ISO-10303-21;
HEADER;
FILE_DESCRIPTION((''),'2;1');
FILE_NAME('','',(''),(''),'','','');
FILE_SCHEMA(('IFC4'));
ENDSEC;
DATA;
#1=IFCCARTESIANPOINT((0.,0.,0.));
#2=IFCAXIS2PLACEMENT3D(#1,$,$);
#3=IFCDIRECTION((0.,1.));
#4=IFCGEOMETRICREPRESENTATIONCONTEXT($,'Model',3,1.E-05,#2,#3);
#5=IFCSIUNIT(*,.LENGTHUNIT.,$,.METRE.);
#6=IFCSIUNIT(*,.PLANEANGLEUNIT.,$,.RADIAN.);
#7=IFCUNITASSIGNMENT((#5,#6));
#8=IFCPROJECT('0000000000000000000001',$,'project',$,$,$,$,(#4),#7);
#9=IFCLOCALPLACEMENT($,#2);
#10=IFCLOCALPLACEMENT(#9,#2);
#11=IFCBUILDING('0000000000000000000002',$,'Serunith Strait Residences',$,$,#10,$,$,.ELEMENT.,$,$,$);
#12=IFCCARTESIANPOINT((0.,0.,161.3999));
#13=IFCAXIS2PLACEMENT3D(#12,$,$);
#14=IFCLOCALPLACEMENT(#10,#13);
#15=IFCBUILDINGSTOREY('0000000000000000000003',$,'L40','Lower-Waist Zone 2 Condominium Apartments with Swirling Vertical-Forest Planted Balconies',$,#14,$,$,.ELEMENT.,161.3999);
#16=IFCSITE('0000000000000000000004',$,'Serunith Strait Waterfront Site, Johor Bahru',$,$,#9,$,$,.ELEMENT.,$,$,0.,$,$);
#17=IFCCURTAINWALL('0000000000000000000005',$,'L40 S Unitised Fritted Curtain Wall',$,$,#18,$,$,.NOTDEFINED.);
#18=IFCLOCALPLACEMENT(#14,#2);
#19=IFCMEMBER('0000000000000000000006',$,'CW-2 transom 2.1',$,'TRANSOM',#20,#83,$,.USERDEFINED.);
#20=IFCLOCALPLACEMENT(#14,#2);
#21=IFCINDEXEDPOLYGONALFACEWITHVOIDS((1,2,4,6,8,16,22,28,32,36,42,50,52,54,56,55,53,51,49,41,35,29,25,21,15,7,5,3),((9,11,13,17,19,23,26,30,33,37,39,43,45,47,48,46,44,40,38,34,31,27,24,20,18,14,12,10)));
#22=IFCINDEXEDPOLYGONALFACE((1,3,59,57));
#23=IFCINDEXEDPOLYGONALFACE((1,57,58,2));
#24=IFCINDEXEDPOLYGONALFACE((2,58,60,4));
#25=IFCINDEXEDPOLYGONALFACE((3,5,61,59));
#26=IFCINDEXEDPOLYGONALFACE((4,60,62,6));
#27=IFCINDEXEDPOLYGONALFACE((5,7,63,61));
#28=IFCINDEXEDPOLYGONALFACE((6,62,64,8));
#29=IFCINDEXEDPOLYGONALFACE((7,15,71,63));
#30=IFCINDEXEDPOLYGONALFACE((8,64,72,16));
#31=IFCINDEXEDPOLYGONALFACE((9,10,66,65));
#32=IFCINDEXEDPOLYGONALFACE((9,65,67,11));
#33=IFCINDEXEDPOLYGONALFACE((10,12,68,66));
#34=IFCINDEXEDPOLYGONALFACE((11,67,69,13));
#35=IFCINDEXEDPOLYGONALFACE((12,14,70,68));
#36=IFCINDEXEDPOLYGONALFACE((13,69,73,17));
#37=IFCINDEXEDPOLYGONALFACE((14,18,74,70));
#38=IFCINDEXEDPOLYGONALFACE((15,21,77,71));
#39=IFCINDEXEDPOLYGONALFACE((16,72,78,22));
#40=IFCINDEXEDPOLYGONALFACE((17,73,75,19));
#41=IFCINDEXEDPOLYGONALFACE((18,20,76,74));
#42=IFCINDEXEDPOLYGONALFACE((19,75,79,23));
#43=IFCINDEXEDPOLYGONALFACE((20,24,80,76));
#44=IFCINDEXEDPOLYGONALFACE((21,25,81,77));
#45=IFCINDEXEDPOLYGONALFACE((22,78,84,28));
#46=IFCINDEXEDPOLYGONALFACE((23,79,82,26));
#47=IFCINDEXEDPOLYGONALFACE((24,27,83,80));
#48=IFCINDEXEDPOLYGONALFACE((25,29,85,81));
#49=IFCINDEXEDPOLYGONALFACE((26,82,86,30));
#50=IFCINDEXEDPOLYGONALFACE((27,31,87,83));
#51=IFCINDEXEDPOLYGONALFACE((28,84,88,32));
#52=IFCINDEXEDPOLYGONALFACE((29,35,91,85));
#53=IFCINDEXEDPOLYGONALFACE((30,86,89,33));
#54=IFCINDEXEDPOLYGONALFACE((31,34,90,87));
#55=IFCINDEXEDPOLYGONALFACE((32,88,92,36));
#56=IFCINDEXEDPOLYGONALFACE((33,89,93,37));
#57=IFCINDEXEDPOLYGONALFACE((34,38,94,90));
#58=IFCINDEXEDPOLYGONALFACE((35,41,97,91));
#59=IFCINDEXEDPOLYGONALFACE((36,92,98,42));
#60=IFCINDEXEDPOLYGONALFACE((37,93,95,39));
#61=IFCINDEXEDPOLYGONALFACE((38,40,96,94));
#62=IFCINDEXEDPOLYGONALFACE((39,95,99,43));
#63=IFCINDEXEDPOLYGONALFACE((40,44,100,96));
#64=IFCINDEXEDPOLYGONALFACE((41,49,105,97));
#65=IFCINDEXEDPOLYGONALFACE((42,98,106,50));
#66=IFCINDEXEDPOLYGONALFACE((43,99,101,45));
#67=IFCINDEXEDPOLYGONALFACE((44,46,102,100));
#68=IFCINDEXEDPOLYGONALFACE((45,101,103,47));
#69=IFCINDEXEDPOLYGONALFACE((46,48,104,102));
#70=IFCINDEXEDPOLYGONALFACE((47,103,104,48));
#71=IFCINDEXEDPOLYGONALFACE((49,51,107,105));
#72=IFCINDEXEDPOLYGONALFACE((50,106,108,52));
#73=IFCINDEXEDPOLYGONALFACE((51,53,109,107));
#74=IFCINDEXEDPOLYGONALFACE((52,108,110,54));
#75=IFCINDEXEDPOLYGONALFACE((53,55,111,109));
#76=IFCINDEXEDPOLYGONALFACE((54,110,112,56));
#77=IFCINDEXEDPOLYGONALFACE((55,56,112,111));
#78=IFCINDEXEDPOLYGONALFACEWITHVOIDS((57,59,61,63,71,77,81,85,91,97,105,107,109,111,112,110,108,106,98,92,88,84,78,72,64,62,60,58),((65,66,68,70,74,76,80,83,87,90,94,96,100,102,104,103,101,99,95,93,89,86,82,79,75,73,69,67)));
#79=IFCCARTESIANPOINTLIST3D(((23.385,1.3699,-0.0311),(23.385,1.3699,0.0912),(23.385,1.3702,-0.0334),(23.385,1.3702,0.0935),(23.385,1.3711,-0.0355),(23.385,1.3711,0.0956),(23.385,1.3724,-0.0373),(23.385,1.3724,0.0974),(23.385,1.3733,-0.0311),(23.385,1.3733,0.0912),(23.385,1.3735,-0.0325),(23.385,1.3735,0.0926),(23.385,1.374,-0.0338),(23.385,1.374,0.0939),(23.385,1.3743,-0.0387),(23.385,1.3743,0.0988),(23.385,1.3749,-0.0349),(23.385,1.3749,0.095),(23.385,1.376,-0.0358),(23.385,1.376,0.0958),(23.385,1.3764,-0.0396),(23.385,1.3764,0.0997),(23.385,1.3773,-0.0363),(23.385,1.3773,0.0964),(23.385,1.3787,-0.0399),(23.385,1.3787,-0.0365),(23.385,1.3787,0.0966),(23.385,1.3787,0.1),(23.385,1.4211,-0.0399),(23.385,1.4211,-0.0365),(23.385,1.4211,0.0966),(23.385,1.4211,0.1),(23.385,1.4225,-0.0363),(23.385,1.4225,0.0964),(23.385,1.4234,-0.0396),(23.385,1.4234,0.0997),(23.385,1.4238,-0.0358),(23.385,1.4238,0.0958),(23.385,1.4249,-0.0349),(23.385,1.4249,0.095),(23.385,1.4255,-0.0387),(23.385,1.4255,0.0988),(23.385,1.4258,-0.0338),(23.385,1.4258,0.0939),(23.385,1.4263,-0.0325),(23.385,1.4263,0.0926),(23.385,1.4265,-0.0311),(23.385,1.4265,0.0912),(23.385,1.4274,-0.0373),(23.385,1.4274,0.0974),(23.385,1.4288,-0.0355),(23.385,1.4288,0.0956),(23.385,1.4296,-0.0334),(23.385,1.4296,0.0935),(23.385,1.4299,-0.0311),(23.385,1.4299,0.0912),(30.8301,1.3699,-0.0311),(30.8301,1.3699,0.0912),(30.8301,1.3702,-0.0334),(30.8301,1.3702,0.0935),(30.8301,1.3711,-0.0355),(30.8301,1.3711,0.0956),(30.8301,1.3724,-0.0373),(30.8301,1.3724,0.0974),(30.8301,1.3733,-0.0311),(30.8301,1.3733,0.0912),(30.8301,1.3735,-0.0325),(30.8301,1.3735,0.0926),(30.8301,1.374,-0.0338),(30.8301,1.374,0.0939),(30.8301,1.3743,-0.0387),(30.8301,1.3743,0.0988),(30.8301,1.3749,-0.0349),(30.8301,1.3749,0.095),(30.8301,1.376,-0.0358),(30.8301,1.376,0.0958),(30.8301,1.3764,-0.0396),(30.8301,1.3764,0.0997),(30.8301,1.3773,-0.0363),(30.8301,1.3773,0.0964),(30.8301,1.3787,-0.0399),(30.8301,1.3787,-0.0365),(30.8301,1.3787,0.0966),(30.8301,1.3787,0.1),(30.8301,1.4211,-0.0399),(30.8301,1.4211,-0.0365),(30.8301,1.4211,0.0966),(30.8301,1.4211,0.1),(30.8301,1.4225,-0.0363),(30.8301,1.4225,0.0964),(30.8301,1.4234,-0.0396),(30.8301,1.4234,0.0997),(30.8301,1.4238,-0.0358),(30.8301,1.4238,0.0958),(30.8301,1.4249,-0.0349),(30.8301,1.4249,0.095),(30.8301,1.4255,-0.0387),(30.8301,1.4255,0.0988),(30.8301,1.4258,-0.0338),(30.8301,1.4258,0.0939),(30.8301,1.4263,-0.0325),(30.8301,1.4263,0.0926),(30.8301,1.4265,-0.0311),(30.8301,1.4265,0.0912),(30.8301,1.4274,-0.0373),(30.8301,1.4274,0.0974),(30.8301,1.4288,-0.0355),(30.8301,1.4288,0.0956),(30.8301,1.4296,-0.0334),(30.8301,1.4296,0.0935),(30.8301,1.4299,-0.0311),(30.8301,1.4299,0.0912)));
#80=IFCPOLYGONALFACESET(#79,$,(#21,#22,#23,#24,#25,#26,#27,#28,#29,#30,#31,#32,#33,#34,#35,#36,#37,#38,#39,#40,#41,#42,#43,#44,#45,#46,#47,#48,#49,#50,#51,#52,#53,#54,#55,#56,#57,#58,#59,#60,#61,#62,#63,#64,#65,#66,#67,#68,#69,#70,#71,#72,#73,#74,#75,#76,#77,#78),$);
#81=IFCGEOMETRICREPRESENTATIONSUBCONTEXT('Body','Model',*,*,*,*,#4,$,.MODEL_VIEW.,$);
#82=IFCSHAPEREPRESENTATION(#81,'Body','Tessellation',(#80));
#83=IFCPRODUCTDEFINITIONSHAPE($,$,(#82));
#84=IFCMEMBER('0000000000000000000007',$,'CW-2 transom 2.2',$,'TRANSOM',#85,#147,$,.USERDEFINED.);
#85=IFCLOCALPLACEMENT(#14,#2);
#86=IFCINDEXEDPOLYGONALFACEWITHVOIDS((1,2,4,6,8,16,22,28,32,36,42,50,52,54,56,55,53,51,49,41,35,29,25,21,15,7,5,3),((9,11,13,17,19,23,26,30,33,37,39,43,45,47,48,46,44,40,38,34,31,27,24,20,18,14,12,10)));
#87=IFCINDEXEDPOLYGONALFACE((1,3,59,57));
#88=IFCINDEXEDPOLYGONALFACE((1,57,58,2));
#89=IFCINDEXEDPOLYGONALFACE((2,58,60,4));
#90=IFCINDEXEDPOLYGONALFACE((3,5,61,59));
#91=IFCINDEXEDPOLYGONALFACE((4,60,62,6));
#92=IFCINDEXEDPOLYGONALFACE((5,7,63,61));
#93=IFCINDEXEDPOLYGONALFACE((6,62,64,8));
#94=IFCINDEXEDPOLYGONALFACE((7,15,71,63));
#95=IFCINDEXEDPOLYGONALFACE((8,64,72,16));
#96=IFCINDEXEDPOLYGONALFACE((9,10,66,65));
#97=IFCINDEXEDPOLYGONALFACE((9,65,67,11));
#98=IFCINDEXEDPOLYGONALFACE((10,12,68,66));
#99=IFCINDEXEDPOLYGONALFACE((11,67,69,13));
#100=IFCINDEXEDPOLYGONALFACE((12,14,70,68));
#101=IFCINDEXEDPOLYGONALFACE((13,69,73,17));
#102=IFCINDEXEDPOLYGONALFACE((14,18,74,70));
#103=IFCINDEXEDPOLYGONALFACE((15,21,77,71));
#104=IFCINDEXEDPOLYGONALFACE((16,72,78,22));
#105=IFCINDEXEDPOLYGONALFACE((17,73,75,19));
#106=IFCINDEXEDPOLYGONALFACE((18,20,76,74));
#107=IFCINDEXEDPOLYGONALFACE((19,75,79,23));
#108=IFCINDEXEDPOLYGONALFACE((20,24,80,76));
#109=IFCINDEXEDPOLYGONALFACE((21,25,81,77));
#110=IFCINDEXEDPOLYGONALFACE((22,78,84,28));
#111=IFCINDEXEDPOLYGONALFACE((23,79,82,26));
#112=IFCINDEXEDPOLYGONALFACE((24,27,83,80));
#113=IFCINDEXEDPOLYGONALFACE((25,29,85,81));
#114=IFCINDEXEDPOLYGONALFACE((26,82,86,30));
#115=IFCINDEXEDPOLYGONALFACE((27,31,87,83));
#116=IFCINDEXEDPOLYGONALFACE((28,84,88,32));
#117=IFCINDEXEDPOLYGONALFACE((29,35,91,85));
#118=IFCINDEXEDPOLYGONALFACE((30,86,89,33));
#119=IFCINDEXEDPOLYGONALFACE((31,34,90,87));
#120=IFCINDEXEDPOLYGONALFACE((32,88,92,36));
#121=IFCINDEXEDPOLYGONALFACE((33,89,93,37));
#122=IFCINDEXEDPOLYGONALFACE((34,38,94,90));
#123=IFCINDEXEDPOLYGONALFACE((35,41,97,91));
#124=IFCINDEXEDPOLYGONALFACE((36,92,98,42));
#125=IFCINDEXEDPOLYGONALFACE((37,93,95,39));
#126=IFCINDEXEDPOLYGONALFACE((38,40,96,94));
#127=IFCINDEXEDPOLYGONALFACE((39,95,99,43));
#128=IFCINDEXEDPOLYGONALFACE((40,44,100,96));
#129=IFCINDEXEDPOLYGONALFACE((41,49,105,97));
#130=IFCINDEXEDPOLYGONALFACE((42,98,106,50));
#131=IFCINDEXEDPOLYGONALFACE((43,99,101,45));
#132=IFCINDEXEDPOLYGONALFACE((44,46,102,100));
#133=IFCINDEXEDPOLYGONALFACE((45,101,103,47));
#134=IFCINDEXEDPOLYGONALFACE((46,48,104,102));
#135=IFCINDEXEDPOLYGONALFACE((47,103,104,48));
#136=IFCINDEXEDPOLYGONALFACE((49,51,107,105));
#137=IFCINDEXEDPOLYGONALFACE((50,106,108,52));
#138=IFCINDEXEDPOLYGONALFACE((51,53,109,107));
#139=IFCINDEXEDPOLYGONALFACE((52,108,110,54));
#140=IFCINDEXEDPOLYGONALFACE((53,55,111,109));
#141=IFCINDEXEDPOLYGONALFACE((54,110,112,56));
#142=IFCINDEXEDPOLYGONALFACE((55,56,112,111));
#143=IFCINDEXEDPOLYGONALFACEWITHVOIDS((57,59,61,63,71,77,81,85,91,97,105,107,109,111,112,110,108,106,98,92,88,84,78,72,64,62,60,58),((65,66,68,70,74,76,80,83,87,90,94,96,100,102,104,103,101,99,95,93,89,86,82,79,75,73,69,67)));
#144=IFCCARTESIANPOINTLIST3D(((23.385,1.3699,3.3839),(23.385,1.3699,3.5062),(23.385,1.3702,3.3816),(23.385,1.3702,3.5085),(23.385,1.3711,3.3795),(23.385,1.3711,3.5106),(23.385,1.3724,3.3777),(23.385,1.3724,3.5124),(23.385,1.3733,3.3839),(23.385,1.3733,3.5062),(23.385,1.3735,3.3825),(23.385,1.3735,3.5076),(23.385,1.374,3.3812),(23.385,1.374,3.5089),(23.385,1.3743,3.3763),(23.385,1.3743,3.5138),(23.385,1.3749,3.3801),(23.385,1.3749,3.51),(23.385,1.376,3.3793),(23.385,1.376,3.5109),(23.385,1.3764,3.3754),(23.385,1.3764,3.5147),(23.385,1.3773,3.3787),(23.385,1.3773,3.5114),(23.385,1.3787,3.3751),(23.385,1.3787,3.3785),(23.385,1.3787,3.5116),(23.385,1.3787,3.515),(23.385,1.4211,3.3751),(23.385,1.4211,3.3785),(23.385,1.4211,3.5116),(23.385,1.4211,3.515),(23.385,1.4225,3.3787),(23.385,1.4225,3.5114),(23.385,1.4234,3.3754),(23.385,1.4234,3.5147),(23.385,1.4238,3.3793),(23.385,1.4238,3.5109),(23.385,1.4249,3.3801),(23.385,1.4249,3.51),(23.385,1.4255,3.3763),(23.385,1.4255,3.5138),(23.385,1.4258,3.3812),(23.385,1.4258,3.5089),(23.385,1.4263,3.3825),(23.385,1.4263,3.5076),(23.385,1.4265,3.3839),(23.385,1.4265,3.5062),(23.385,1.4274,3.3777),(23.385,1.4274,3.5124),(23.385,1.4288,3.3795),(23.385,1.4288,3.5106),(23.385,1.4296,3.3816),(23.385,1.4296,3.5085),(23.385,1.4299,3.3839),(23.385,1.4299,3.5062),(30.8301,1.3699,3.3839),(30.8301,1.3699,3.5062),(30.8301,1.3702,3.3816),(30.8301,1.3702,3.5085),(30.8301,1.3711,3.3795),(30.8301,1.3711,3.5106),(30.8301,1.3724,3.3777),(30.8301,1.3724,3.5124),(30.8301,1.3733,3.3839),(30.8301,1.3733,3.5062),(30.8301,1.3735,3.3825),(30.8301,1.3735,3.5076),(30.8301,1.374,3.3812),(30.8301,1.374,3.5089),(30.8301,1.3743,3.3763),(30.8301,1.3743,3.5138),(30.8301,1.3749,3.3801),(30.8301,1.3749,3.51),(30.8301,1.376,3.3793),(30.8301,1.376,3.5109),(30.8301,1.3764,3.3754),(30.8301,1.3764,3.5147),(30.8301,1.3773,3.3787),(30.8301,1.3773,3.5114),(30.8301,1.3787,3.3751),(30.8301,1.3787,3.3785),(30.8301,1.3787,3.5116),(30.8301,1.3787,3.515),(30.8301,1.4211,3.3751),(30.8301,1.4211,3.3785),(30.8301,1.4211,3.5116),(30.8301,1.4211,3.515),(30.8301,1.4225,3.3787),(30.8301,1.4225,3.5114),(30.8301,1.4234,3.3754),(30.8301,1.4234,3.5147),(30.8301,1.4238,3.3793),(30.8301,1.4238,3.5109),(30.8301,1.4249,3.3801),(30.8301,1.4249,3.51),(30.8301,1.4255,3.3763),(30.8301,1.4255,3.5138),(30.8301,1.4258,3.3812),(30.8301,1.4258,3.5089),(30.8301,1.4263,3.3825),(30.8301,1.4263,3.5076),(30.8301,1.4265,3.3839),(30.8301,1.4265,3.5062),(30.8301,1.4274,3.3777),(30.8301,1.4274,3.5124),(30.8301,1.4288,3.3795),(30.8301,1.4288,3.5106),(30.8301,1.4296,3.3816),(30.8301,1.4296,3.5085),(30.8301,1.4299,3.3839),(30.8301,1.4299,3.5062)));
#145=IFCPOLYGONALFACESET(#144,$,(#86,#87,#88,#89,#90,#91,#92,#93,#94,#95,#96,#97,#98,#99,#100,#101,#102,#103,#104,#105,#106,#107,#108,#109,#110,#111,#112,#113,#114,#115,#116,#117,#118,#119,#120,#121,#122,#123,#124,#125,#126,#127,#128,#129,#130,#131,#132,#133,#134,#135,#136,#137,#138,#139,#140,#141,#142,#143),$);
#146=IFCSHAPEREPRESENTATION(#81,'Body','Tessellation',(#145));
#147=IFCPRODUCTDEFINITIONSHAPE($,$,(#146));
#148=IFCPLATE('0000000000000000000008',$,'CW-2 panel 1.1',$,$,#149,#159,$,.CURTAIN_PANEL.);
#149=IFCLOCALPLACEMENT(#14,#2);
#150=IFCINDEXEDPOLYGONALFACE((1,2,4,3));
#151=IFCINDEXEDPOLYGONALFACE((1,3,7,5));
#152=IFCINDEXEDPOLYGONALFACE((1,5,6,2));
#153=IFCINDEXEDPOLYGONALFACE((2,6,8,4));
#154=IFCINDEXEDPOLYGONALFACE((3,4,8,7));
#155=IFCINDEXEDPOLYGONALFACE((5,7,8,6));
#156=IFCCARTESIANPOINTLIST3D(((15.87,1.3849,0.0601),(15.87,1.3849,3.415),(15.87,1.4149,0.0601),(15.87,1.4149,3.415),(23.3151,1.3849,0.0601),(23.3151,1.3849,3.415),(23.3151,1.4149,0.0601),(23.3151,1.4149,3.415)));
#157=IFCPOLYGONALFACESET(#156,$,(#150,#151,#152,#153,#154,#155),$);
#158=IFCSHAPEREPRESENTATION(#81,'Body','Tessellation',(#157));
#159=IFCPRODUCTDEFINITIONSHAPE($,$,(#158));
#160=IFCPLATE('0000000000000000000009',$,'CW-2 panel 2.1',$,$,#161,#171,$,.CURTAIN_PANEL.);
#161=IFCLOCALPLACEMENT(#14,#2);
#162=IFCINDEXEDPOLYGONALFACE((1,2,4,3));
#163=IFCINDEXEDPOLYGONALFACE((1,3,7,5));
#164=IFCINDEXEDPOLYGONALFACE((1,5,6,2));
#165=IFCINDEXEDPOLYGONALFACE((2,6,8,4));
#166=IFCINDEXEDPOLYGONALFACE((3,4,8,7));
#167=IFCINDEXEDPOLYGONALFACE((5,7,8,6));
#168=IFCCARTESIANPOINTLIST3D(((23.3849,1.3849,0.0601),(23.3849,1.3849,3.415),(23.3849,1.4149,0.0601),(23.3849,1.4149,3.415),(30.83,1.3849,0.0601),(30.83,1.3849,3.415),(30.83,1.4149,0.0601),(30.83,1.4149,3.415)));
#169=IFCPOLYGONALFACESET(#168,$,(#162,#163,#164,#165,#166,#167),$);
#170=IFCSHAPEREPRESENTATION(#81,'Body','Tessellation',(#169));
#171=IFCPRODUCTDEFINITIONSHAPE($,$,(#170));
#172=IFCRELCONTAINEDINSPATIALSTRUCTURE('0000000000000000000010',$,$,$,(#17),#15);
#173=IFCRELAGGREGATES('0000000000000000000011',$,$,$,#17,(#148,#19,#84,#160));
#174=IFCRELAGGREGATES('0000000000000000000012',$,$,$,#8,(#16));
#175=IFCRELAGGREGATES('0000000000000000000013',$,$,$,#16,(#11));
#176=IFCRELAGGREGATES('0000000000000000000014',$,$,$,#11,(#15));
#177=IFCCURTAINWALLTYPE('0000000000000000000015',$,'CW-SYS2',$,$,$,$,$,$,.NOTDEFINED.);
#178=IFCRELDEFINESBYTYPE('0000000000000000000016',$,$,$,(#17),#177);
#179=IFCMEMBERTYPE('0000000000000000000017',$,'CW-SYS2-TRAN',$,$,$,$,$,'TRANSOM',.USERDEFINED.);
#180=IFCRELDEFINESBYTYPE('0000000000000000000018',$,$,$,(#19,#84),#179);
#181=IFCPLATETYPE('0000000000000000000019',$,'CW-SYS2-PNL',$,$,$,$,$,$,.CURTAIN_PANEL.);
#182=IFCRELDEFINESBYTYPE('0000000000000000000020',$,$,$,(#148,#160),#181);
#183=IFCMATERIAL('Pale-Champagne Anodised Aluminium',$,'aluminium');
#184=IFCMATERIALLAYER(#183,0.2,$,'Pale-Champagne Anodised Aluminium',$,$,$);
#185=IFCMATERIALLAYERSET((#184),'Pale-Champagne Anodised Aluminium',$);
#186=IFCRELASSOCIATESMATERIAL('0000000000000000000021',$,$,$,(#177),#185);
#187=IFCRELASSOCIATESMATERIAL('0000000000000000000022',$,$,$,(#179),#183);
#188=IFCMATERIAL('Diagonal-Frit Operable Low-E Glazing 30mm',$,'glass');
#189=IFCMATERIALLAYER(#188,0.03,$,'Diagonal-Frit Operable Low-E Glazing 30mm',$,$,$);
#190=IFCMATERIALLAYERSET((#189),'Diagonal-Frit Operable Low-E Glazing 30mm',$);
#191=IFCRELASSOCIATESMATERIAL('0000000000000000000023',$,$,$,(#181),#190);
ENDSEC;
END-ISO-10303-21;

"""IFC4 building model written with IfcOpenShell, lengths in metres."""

from ifc_helpers import new_model, si_unit, direction, frame, origin, origin_2d, place, context, subcontext, project, spatial, rectangle, hollow_rectangle, extrude, source, transform, mapped, material, layer, layer_set, material_profile, profile_set, type_object, element, aggregate, save


model = new_model("IFC4")

# Units and contexts
model_context = context("Model", 3, precision=1e-05, world=origin(), true_north=direction((0.0, 1.0)))
body_context = subcontext(model_context, "Body", "Model", "MODEL_VIEW")
ifc_project = project(units=[si_unit("LENGTHUNIT", "METRE"), si_unit("PLANEANGLEUNIT", "RADIAN")], contexts=[model_context])

# Site, building, storey
site_placement = place(None, origin())
site = spatial("IfcSite", under=ifc_project, at=site_placement, Name="Serunith Strait Waterfront Site, Johor Bahru", CompositionType="ELEMENT", RefElevation=0.0)
building_placement = place(site_placement, origin())
building = spatial("IfcBuilding", under=site, at=building_placement, Name="Serunith Strait Residences", CompositionType="ELEMENT")
storey_placement = place(building_placement, frame((0.0, 0.0, 161.3999)))
storey = spatial("IfcBuildingStorey", under=building, at=storey_placement, Name="L40", Description="Lower-Waist Zone 2 Condominium Apartments with Swirling Vertical-Forest Planted Balconies", CompositionType="ELEMENT", Elevation=161.3999)

# Curtain wall, members, plates
ifc_material_1 = material(Name="Pale-Champagne Anodised Aluminium", Category="aluminium")
ifc_layer_1 = layer(ifc_material_1, 0.2, Name="Pale-Champagne Anodised Aluminium")
ifc_layer_set_1 = layer_set([ifc_layer_1], Name="Pale-Champagne Anodised Aluminium")
curtain_wall_type = type_object("IfcCurtainWallType", Name="CW-SYS2", PredefinedType="NOTDEFINED", material=ifc_layer_set_1)
curtain_wall_placement = place(storey_placement, origin())
curtain_wall = element("IfcCurtainWall", 1, at=curtain_wall_placement, inside=storey, type_object=curtain_wall_type, Name="L40 S Unitised Fritted Curtain Wall", PredefinedType="NOTDEFINED")
ifc_material_profile_1 = material_profile(ifc_material_1, hollow_rectangle(XDim=0.0601, YDim=0.1399, WallThickness=0.0034, InnerFilletRadius=0.0054, OuterFilletRadius=0.0088, at=origin_2d()), Name="ALU 140x60x3.5")
ifc_profile_set_1 = profile_set([ifc_material_profile_1], Name="Pale-Champagne Anodised Aluminium")
member_type_1 = type_object("IfcMemberType", Name="CW-SYS2-TRAN", ElementType="TRANSOM", PredefinedType="USERDEFINED", material=ifc_profile_set_1)
shared_shape_1 = source(origin(), body_context, "Body", "SweptSolid", [
    extrude(hollow_rectangle(XDim=0.0601, YDim=0.1399, WallThickness=0.0034, InnerFilletRadius=0.0054, OuterFilletRadius=0.0088, at=origin_2d()), origin(), (0.0, 0.0, 1.0), 7.4451),
])
member_1_placement = place(storey_placement, frame((23.385, 1.3999, 0.03), z_axis=(1.0, 0.0, 0.0), x_axis=(0.0, 1.0, 0.0)))
member_1 = element("IfcMember", 2, at=member_1_placement, type_object=member_type_1, Name="CW-2 transom 2.1", ObjectType="TRANSOM", PredefinedType="USERDEFINED", context=body_context, shape_type="MappedRepresentation", body=[
    mapped(shared_shape_1, transform((0.0, 0.0, 0.0), scale=1.0)),
])
member_2_placement = place(storey_placement, frame((23.385, 1.3999, 3.4451), z_axis=(1.0, 0.0, 0.0), x_axis=(0.0, 1.0, 0.0)))
member_2 = element("IfcMember", 3, at=member_2_placement, type_object=member_type_1, Name="CW-2 transom 2.2", ObjectType="TRANSOM", PredefinedType="USERDEFINED", context=body_context, shape_type="MappedRepresentation", body=[
    mapped(shared_shape_1, transform((0.0, 0.0, 0.0), scale=1.0)),
])
ifc_material_2 = material(Name="Diagonal-Frit Operable Low-E Glazing 30mm", Category="glass")
ifc_layer_2 = layer(ifc_material_2, 0.03, Name="Diagonal-Frit Operable Low-E Glazing 30mm")
ifc_layer_set_2 = layer_set([ifc_layer_2], Name="Diagonal-Frit Operable Low-E Glazing 30mm")
plate_type = type_object("IfcPlateType", Name="CW-SYS2-PNL", PredefinedType="CURTAIN_PANEL", material=ifc_layer_set_2)
shared_shape_2 = source(origin(), body_context, "Body", "SweptSolid", [
    extrude(rectangle(XDim=7.4451, YDim=0.03, at=origin_2d()), origin(), (0.0, 0.0, 1.0), 3.355),
])
plate_1_placement = place(storey_placement, frame((19.5925, 1.3999, 0.0601), z_axis=(0.0, 0.0, 1.0), x_axis=(1.0, 0.0, 0.0)))
plate_1 = element("IfcPlate", 4, at=plate_1_placement, type_object=plate_type, Name="CW-2 panel 1.1", PredefinedType="CURTAIN_PANEL", context=body_context, shape_type="MappedRepresentation", body=[
    mapped(shared_shape_2, transform((0.0, 0.0, 0.0), scale=1.0)),
])
plate_2_placement = place(storey_placement, frame((27.1074, 1.3999, 0.0601), z_axis=(0.0, 0.0, 1.0), x_axis=(1.0, 0.0, 0.0)))
plate_2 = element("IfcPlate", 5, at=plate_2_placement, type_object=plate_type, Name="CW-2 panel 2.1", PredefinedType="CURTAIN_PANEL", context=body_context, shape_type="MappedRepresentation", body=[
    mapped(shared_shape_2, transform((0.0, 0.0, 0.0), scale=1.0)),
])
aggregate(curtain_wall, [plate_1, member_1, member_2, plate_2])

save(model, "model.ifc")
